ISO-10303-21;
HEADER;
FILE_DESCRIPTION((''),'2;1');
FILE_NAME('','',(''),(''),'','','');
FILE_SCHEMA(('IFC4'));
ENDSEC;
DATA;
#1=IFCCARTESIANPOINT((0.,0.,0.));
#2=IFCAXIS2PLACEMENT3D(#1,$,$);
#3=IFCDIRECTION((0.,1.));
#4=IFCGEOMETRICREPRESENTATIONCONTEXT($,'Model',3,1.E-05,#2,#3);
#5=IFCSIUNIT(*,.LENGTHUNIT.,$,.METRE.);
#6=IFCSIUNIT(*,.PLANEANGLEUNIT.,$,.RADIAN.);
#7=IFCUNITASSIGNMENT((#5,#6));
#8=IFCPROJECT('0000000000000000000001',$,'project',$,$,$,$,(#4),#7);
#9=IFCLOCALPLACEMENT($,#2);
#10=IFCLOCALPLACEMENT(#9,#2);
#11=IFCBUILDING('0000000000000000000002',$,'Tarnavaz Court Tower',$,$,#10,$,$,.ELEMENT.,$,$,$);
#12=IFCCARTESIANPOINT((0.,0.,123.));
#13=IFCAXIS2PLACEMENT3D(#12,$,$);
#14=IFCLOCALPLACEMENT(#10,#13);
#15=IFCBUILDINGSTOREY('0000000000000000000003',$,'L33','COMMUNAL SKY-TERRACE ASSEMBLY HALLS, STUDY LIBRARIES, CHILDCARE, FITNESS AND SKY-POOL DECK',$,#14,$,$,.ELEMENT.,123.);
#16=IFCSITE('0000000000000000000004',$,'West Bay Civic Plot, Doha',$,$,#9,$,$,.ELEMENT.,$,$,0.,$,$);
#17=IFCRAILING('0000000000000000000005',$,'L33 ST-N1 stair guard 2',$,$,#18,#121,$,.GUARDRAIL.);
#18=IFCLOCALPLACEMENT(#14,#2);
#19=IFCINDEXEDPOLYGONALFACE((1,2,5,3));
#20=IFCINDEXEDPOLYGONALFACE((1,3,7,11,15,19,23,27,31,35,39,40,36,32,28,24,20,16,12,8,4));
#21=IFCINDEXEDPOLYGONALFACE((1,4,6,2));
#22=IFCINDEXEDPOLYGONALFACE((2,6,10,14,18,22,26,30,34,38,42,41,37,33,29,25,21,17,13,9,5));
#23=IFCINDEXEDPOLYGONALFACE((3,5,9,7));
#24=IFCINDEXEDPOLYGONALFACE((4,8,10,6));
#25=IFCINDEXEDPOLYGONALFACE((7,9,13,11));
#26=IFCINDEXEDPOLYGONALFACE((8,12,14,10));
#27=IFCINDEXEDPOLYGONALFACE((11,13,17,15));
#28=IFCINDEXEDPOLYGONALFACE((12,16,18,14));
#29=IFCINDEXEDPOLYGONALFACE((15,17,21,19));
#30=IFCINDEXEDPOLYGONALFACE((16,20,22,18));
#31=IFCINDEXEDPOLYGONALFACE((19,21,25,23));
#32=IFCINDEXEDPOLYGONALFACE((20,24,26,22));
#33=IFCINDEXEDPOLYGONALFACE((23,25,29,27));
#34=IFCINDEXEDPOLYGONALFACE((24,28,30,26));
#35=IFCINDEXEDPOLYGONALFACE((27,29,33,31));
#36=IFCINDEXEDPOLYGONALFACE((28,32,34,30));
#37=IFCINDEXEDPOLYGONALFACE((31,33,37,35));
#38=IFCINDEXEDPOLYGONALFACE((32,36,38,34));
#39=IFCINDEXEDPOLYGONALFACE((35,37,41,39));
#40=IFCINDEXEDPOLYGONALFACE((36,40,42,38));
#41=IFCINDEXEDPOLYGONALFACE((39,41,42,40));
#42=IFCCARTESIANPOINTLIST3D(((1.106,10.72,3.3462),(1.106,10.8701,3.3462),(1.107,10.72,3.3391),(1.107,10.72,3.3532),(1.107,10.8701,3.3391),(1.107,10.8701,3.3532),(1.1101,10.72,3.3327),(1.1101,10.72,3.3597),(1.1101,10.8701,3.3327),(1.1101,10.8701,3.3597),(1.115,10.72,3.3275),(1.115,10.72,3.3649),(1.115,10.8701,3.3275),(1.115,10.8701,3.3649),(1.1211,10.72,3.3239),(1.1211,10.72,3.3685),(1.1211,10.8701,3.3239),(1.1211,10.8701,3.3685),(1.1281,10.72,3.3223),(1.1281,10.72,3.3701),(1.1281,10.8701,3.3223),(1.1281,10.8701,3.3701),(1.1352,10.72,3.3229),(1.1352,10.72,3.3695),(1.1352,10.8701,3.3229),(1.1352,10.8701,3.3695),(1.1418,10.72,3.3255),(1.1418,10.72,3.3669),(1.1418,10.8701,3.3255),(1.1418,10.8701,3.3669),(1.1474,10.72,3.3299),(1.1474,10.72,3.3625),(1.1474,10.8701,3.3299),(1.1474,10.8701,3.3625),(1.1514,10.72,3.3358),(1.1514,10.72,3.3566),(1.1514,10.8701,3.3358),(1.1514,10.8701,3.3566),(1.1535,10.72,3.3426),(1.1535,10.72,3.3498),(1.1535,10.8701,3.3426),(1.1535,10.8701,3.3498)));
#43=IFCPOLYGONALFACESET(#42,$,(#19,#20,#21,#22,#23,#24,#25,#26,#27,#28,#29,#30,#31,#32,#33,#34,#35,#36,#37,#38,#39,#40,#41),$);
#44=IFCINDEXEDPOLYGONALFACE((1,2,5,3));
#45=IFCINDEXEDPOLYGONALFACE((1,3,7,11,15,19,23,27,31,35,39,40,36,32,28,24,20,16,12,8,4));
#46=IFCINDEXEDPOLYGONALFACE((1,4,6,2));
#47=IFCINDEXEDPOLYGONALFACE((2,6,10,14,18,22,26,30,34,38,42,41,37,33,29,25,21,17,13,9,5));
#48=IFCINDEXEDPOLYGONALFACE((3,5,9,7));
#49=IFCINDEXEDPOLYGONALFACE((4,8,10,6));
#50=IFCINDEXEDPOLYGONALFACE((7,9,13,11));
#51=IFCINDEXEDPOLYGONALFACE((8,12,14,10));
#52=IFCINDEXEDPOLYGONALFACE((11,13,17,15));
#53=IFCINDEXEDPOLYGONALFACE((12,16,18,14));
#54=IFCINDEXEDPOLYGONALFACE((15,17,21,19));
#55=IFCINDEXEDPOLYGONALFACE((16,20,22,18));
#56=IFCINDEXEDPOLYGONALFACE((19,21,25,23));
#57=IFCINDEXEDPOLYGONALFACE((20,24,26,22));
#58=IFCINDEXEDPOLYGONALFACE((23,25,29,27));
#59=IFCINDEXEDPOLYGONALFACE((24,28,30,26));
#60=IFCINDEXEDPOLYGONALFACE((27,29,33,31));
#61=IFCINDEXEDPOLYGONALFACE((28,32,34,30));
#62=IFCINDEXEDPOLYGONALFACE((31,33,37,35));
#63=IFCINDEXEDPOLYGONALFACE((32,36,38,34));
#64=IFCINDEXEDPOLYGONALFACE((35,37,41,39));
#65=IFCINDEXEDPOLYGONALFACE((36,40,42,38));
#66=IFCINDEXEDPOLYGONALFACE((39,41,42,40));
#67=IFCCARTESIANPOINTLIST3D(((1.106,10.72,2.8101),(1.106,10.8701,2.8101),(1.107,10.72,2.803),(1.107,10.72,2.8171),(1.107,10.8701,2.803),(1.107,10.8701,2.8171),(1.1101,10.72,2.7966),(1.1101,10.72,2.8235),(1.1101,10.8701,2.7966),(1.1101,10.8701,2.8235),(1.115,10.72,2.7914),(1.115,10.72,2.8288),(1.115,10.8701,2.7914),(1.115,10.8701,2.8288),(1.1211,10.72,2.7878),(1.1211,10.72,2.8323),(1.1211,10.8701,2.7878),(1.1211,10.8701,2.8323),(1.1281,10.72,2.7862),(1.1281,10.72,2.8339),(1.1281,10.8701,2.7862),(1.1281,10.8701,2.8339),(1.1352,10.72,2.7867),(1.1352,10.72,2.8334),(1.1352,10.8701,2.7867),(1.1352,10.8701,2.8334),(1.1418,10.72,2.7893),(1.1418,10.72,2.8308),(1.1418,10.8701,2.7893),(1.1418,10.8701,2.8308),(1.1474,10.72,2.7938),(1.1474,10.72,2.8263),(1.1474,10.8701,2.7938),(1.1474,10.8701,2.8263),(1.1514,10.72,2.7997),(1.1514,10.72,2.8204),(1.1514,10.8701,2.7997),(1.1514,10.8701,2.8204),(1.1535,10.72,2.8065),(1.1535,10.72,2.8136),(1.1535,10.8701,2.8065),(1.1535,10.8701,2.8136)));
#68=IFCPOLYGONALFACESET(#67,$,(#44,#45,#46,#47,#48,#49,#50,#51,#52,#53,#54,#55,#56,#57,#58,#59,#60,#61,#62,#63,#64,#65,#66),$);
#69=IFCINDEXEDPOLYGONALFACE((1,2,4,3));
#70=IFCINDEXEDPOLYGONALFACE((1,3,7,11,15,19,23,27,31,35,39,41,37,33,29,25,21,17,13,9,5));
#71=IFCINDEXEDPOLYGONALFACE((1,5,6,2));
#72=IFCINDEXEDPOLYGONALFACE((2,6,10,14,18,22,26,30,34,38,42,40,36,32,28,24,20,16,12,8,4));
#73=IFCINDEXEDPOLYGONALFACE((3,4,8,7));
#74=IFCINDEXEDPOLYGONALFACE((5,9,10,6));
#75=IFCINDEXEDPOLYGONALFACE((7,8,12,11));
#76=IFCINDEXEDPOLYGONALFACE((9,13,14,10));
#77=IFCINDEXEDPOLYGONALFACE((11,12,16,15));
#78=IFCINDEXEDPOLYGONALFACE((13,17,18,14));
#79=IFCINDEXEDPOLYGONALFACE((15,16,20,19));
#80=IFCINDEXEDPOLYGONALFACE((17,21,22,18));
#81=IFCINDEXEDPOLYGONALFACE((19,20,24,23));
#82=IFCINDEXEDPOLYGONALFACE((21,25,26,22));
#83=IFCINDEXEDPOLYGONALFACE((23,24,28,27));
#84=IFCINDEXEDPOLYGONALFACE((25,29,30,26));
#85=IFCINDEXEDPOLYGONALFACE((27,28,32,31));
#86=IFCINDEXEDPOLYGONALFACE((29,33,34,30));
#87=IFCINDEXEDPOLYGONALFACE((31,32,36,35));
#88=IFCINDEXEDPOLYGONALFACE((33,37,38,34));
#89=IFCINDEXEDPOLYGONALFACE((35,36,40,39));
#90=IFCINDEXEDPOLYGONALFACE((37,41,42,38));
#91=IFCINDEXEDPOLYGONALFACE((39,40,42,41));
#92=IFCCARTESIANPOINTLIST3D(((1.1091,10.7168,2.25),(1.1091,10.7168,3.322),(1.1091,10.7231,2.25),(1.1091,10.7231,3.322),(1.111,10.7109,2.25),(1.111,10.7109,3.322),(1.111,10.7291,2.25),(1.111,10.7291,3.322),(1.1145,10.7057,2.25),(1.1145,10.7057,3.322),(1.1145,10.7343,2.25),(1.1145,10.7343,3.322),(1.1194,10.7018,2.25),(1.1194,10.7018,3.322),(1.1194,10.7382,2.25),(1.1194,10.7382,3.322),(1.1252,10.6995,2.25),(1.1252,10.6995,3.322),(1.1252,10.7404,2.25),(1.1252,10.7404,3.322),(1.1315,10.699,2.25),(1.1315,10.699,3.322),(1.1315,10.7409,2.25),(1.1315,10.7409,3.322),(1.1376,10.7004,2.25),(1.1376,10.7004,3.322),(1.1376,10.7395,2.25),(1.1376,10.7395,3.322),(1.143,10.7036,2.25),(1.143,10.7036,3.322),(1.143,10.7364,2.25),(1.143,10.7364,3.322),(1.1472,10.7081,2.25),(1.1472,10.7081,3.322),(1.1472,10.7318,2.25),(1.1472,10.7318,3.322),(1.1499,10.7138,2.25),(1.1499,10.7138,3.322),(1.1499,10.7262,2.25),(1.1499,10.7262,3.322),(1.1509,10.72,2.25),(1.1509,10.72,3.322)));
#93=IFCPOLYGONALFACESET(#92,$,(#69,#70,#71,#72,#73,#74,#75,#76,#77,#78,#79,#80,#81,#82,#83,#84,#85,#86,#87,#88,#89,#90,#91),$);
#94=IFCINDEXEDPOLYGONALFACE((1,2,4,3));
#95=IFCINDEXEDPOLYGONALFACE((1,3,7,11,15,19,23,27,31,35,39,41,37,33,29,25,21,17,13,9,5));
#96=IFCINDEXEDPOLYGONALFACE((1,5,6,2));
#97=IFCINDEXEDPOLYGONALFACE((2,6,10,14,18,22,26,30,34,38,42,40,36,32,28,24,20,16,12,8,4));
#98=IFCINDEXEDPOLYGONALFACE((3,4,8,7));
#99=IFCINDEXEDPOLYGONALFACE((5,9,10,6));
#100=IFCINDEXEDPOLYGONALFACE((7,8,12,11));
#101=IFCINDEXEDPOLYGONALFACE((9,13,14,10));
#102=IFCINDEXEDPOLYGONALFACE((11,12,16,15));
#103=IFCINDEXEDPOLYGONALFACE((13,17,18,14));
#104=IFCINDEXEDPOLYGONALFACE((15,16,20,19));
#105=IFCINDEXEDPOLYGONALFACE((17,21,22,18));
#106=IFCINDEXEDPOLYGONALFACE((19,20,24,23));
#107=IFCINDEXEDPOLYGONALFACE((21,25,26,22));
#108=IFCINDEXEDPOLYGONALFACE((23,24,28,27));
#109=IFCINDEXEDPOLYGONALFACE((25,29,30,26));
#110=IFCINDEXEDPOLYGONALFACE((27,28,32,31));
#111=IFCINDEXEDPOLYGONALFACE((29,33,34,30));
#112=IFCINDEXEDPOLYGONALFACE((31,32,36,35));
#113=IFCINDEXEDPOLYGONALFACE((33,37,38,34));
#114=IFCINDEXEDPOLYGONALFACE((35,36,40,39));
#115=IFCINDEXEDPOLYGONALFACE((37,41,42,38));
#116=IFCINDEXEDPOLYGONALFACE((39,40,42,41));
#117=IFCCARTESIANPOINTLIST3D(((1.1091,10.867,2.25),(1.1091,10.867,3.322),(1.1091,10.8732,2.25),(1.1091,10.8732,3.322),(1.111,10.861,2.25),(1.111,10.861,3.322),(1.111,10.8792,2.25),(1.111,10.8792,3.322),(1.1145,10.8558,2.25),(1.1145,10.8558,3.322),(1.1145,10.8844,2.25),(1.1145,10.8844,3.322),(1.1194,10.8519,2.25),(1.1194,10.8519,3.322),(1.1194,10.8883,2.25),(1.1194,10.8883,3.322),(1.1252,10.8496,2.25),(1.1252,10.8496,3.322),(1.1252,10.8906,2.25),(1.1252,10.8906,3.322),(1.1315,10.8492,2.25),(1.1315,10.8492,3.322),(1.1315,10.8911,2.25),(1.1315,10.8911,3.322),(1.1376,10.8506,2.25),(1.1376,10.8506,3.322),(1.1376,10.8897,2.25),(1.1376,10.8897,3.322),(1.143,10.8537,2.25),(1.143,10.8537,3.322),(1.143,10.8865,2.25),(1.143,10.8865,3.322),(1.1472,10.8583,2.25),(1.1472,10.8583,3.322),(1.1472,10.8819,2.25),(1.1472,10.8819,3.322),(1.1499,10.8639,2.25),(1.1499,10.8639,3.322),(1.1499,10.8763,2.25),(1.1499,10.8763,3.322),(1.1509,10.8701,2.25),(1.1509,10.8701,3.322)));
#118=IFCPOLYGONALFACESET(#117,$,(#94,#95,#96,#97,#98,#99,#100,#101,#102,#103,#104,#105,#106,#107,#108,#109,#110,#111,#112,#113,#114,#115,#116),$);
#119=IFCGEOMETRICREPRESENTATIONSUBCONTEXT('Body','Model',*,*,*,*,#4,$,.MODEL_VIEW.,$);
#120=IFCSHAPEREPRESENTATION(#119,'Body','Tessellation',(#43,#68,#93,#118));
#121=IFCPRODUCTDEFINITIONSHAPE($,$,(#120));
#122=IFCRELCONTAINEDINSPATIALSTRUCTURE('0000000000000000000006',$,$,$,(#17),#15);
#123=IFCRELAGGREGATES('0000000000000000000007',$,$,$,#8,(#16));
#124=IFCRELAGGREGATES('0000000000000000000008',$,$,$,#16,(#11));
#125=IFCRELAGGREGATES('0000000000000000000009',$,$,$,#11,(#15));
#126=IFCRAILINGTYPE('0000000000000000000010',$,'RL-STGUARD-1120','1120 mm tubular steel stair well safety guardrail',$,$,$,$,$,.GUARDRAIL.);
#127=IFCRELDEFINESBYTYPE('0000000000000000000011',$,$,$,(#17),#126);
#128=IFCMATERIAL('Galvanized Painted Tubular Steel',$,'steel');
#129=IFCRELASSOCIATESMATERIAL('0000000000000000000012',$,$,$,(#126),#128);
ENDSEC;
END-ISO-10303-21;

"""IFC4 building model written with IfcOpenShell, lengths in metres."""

from ifc_helpers import new_model, si_unit, direction, frame, origin, origin_2d, place, context, subcontext, project, spatial, circle, extrude, material, type_object, element, save


model = new_model("IFC4")

# Units and contexts
model_context = context("Model", 3, precision=1e-05, world=origin(), true_north=direction((0.0, 1.0)))
body_context = subcontext(model_context, "Body", "Model", "MODEL_VIEW")
ifc_project = project(units=[si_unit("LENGTHUNIT", "METRE"), si_unit("PLANEANGLEUNIT", "RADIAN")], contexts=[model_context])

# Site, building, storey
site_placement = place(None, origin())
site = spatial("IfcSite", under=ifc_project, at=site_placement, Name="West Bay Civic Plot, Doha", CompositionType="ELEMENT", RefElevation=0.0)
building_placement = place(site_placement, origin())
building = spatial("IfcBuilding", under=site, at=building_placement, Name="Tarnavaz Court Tower", CompositionType="ELEMENT")
storey_placement = place(building_placement, frame((0.0, 0.0, 123.0)))
storey = spatial("IfcBuildingStorey", under=building, at=storey_placement, Name="L33", Description="COMMUNAL SKY-TERRACE ASSEMBLY HALLS, STUDY LIBRARIES, CHILDCARE, FITNESS AND SKY-POOL DECK", CompositionType="ELEMENT", Elevation=123.0)

# Railing
ifc_material_1 = material(Name="Galvanized Painted Tubular Steel", Category="steel")
railing_type_1 = type_object("IfcRailingType", Name="RL-STGUARD-1120", Description="1120 mm tubular steel stair well safety guardrail", PredefinedType="GUARDRAIL", material=ifc_material_1)
railing_1_placement = place(storey_placement, frame((1.1299, 10.72, 2.25)))
element("IfcRailing", 1, at=railing_1_placement, inside=storey, type_object=railing_type_1, Name="L33 ST-N1 stair guard 2", PredefinedType="GUARDRAIL", context=body_context, shape_type="SweptSolid", body=[
    extrude(circle(Radius=0.0239, at=origin_2d()), frame((0.0, 0.0, 1.0962), z_axis=(0.0, 1.0, 0.0), x_axis=(-1.0, 0.0, 0.0)), (0.0, 0.0, 1.0), 0.1501),
    extrude(circle(Radius=0.0239, at=origin_2d()), frame((0.0, 0.0, 0.5601), z_axis=(0.0, 1.0, 0.0), x_axis=(-1.0, 0.0, 0.0)), (0.0, 0.0, 1.0), 0.1501),
    extrude(circle(Radius=0.021, at=origin_2d()), origin(), (0.0, 0.0, 1.0), 1.072),
    extrude(circle(Radius=0.021, at=origin_2d()), frame((0.0, 0.1501, 0.0)), (0.0, 0.0, 1.0), 1.072),
])

save(model, "model.ifc")
